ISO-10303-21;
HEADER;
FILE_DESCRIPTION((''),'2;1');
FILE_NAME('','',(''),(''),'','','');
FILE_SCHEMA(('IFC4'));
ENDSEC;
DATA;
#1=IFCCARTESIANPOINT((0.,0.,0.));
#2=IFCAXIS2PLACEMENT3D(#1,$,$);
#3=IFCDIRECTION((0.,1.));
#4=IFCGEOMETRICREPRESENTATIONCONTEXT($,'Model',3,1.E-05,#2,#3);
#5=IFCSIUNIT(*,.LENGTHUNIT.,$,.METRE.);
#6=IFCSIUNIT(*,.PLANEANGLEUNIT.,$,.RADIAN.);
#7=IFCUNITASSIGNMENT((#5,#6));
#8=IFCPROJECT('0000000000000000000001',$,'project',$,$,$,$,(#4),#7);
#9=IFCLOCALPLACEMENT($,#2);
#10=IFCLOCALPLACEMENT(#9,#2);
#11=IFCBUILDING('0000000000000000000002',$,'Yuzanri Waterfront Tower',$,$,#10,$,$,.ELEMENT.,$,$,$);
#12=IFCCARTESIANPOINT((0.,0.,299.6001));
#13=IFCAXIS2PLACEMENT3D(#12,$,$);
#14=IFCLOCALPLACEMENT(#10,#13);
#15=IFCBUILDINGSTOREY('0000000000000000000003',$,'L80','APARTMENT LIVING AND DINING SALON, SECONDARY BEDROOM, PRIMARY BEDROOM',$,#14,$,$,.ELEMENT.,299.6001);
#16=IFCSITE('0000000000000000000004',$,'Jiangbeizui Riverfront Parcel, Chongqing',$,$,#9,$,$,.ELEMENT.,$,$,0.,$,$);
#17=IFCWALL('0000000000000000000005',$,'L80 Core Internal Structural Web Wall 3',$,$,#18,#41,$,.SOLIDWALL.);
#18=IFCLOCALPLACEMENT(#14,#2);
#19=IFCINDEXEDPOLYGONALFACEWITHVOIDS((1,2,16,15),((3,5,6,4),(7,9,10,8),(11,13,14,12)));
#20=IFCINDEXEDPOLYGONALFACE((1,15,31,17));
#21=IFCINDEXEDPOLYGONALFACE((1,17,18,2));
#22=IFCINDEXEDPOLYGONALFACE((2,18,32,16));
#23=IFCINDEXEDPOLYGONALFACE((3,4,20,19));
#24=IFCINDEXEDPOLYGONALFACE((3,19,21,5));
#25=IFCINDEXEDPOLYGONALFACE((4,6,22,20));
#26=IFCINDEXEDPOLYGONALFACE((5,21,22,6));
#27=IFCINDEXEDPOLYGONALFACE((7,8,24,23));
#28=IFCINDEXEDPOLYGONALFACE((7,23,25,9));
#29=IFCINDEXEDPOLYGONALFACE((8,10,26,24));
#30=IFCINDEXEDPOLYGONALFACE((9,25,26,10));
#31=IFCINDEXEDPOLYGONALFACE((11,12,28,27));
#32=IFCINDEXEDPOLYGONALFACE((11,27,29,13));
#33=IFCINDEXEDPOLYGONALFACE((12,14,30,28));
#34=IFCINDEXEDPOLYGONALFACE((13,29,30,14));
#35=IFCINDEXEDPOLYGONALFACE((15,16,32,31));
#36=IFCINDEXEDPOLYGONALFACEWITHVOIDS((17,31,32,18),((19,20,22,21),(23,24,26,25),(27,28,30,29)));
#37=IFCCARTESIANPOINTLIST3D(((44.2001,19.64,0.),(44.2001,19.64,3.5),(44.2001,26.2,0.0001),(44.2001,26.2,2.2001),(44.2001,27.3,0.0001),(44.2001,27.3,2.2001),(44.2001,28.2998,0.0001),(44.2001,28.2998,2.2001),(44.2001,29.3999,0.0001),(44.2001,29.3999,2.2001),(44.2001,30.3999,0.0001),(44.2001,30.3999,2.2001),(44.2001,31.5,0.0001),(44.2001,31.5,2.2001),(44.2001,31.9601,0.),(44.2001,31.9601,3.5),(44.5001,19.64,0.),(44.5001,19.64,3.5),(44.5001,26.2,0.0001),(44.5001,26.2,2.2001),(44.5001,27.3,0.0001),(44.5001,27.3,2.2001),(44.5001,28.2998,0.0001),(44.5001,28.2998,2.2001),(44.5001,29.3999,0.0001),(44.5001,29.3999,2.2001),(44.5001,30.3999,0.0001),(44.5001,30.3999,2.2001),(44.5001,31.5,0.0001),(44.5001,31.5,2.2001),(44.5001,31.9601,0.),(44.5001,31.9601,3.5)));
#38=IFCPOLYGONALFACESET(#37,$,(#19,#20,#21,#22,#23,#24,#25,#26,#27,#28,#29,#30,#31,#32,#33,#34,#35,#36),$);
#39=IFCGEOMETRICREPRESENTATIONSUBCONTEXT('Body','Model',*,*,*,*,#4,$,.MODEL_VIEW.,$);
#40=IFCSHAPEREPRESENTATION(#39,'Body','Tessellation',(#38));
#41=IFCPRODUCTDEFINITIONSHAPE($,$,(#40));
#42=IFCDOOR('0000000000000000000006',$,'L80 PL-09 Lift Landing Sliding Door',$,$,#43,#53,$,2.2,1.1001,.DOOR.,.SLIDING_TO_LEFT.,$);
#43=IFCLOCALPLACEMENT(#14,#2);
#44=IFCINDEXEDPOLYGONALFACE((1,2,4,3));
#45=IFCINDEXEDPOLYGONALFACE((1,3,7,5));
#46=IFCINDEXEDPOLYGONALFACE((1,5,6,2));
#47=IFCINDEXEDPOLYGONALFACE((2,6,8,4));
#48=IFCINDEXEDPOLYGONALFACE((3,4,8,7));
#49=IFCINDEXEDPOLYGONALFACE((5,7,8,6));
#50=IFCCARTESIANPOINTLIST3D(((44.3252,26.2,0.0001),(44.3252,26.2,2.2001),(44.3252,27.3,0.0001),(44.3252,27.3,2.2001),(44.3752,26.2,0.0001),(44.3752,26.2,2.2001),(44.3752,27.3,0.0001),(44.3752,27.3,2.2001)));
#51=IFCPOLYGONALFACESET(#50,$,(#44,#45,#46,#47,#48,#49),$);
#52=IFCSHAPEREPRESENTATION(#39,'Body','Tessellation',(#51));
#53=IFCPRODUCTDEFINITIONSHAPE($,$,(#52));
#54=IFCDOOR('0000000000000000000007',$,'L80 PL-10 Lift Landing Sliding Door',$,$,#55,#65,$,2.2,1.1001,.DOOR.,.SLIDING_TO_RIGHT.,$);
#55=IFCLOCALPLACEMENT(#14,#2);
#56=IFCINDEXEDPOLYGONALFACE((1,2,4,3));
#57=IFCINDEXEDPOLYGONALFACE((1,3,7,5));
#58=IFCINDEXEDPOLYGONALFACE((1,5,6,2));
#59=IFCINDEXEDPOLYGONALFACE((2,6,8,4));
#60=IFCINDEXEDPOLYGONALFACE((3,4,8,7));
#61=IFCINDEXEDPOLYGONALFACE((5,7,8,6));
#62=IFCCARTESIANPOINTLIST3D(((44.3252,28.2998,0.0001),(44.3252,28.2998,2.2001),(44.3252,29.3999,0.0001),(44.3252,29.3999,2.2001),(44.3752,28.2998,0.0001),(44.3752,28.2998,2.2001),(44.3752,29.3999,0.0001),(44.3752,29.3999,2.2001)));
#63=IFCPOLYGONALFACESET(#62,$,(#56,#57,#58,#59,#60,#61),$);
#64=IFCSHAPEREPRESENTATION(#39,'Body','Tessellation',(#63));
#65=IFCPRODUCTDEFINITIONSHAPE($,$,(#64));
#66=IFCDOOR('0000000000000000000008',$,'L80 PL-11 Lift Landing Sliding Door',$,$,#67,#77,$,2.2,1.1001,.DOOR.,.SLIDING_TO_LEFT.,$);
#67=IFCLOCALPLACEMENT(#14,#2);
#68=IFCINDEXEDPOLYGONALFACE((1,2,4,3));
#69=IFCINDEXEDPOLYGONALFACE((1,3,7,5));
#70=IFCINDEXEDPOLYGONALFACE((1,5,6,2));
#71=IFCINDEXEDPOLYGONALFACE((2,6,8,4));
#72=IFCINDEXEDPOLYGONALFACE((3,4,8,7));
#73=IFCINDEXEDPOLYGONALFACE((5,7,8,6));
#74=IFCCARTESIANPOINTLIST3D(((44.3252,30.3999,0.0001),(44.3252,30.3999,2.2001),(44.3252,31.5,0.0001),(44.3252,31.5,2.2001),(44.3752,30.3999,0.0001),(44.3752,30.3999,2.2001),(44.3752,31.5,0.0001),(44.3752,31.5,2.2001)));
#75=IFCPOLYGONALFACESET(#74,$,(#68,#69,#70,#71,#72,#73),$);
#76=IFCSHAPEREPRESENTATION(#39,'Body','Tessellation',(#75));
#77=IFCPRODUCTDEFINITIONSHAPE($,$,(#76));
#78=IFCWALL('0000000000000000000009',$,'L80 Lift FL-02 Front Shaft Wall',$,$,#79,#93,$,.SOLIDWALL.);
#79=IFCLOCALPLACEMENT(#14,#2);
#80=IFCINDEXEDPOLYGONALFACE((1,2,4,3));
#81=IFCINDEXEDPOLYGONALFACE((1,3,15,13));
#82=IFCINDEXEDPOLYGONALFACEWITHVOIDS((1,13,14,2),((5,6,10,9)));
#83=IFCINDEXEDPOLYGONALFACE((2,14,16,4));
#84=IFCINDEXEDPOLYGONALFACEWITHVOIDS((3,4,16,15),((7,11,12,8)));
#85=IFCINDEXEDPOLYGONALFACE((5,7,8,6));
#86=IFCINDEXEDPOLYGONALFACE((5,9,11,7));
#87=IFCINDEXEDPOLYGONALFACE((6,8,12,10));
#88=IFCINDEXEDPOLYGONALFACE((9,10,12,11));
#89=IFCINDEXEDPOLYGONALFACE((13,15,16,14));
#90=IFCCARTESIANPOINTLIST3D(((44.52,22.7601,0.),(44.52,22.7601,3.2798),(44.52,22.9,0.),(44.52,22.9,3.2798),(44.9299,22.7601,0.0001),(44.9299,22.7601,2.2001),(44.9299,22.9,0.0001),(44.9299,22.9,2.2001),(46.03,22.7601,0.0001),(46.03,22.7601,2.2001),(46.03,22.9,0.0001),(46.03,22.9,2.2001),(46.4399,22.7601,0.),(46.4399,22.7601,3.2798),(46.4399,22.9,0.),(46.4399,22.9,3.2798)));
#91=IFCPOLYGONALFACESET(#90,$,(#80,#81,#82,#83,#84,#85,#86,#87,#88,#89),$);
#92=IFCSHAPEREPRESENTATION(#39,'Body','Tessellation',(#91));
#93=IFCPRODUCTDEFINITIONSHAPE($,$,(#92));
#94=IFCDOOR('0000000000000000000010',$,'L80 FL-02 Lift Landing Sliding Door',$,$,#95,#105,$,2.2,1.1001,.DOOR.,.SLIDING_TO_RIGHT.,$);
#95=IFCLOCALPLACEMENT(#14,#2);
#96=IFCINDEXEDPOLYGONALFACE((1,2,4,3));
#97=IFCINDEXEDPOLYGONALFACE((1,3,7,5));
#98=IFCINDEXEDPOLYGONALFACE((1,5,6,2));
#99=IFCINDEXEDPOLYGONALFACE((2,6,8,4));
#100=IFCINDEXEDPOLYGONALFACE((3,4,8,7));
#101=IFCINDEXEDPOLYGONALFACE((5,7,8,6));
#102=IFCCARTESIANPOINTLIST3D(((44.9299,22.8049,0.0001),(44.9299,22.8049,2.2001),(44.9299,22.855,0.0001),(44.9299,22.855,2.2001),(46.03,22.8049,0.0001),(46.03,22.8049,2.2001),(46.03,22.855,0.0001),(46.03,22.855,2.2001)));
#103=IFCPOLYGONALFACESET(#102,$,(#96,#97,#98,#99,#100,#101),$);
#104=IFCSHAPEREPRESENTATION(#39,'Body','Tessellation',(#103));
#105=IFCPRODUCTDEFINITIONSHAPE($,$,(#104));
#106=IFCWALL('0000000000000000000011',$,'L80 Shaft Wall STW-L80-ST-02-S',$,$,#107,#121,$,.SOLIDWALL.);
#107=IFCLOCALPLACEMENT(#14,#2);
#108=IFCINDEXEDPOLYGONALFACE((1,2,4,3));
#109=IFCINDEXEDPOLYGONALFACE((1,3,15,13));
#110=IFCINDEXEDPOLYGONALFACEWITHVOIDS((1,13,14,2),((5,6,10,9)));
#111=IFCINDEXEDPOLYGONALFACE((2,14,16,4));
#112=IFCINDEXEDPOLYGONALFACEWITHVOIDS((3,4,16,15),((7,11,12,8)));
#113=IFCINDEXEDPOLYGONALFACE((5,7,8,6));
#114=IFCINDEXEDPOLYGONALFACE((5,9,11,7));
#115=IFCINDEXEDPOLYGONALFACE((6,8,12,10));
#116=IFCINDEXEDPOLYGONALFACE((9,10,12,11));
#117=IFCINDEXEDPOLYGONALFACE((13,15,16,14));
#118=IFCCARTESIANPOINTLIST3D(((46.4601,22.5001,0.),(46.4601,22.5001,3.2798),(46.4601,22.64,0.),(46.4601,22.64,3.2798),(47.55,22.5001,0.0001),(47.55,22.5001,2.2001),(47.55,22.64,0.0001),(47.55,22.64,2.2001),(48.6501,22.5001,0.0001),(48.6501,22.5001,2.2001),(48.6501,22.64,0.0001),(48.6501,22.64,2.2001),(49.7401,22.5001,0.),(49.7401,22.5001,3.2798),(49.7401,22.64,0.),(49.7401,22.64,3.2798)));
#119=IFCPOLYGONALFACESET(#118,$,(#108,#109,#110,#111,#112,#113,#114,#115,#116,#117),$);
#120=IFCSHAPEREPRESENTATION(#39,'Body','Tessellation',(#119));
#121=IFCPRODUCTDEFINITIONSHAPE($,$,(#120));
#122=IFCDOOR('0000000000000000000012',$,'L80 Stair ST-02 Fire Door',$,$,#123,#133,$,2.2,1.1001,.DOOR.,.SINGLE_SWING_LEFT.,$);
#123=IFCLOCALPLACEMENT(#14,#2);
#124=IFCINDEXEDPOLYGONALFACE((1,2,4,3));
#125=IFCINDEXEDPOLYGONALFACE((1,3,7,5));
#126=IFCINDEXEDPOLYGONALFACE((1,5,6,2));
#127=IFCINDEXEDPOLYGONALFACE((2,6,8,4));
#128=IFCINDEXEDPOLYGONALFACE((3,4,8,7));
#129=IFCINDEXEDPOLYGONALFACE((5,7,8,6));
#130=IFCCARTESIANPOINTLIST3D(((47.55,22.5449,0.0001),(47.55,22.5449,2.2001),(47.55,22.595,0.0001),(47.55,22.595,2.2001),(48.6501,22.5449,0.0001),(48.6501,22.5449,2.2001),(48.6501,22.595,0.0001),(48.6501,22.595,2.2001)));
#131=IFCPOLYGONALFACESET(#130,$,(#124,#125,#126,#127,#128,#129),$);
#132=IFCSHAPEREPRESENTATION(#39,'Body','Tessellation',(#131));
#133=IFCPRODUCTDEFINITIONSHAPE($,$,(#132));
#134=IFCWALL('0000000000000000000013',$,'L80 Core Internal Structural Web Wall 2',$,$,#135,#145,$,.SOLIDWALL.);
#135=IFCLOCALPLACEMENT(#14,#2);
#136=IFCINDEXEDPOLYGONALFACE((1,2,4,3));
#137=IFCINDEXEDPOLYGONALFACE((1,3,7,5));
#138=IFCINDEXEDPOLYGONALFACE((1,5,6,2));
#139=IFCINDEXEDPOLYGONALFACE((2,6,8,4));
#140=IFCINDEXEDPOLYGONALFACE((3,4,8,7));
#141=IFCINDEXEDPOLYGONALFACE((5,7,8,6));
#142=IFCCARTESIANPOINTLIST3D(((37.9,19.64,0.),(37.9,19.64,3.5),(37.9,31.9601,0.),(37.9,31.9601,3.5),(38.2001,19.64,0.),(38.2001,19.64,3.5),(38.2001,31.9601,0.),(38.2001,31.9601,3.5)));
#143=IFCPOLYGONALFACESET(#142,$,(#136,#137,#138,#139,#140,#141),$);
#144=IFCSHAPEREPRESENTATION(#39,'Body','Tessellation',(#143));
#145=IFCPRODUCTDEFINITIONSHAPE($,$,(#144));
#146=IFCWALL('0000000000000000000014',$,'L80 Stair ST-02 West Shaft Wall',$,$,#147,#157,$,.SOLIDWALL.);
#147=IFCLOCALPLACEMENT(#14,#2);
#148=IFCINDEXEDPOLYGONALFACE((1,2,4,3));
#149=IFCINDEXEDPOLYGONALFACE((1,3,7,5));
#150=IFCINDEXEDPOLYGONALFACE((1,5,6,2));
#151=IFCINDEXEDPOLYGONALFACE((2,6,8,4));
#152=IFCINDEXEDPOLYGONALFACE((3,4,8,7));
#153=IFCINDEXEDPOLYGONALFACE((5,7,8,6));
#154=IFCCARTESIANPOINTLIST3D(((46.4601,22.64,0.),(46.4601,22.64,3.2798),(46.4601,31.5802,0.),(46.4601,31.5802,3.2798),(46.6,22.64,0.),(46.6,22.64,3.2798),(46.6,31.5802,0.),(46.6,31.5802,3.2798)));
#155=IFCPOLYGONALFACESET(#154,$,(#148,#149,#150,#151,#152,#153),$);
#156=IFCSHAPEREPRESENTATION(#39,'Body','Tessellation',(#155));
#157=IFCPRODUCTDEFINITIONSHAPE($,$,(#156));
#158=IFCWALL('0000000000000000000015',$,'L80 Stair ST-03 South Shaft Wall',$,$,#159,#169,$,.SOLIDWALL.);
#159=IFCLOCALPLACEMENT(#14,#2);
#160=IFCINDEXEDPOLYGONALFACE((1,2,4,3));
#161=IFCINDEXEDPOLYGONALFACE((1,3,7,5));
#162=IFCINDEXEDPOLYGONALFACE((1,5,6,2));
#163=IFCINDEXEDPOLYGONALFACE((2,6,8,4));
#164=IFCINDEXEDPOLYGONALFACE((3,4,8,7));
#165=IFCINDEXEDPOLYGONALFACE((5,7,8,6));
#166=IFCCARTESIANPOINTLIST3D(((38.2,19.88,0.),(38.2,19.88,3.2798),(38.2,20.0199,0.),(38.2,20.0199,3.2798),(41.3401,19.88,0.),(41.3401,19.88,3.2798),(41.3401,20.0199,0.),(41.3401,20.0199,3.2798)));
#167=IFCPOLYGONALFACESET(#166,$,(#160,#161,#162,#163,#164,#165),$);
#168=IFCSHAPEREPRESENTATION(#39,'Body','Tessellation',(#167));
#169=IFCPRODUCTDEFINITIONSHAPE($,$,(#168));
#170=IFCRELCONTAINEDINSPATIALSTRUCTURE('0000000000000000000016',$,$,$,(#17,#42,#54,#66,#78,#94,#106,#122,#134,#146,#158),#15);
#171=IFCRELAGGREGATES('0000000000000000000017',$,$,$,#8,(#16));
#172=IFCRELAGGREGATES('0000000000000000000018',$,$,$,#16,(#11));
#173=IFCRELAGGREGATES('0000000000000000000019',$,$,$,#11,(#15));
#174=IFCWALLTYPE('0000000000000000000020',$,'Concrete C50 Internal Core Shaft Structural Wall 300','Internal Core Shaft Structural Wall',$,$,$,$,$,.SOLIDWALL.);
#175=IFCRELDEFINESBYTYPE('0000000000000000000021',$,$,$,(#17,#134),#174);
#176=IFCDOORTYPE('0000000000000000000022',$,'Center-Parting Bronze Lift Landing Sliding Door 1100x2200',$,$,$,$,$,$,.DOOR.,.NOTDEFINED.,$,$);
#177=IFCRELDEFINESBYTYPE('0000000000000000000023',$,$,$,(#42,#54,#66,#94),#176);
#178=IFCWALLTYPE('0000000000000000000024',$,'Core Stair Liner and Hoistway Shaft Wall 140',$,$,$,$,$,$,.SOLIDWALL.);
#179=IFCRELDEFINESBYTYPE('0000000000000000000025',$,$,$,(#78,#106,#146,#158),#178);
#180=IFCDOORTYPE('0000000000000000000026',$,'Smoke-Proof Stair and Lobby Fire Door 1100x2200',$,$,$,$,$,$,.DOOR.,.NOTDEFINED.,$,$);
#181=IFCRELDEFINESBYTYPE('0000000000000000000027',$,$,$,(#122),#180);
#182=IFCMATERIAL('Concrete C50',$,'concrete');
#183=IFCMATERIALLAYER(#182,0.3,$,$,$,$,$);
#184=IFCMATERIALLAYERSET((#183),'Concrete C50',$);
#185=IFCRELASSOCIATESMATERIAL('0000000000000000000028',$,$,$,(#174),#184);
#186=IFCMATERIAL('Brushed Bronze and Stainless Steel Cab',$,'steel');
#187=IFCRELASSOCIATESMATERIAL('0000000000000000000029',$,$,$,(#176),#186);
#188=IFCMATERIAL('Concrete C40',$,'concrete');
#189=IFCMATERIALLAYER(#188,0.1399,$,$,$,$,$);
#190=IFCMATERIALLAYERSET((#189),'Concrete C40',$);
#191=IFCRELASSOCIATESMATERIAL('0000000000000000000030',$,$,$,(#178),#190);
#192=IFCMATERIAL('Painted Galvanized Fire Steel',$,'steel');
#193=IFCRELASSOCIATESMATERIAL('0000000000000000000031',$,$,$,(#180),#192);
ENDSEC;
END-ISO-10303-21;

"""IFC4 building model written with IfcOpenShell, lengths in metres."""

from ifc_helpers import new_model, si_unit, direction, frame, frame_2d, origin, place, context, subcontext, project, spatial, rectangle, extrude, source, transform, mapped, material, layer, layer_set, type_object, element, fill, save


model = new_model("IFC4")

# Units and contexts
model_context = context("Model", 3, precision=1e-05, world=origin(), true_north=direction((0.0, 1.0)))
body_context = subcontext(model_context, "Body", "Model", "MODEL_VIEW")
ifc_project = project(units=[si_unit("LENGTHUNIT", "METRE"), si_unit("PLANEANGLEUNIT", "RADIAN")], contexts=[model_context])

# Site, building, storey
site_placement = place(None, origin())
site = spatial("IfcSite", under=ifc_project, at=site_placement, Name="Jiangbeizui Riverfront Parcel, Chongqing", CompositionType="ELEMENT", RefElevation=0.0)
building_placement = place(site_placement, origin())
building = spatial("IfcBuilding", under=site, at=building_placement, Name="Yuzanri Waterfront Tower", CompositionType="ELEMENT")
storey_placement = place(building_placement, frame((0.0, 0.0, 299.6001)))
storey = spatial("IfcBuildingStorey", under=building, at=storey_placement, Name="L80", Description="APARTMENT LIVING AND DINING SALON, SECONDARY BEDROOM, PRIMARY BEDROOM", CompositionType="ELEMENT", Elevation=299.6001)

# Wall, openings, doors
ifc_material_1 = material(Name="Concrete C50", Category="concrete")
ifc_layer_1 = layer(ifc_material_1, 0.3)
ifc_layer_set_1 = layer_set([ifc_layer_1], Name="Concrete C50")
wall_type_1 = type_object("IfcWallType", Name="Concrete C50 Internal Core Shaft Structural Wall 300", Description="Internal Core Shaft Structural Wall", PredefinedType="SOLIDWALL", material=ifc_layer_set_1)
wall_1_placement = place(storey_placement, frame((44.3501, 19.6399, 0.0), z_axis=(0.0, 0.0, 1.0), x_axis=(0.0, 1.0, 0.0)))
wall_1 = element("IfcWall", 1, at=wall_1_placement, inside=storey, type_object=wall_type_1, Name="L80 Core Internal Structural Web Wall 3", PredefinedType="SOLIDWALL", context=body_context, shape_type="SweptSolid", body=[
    extrude(rectangle(XDim=12.3201, YDim=0.3, at=frame_2d((6.1602, 0.0))), origin(), (0.0, 0.0, 1.0), 3.5),
])
opening_1_placement = place(wall_1_placement, frame((6.5601, 0.0, 0.0)))
opening_1 = element("IfcOpeningElement", 2, at=opening_1_placement, cuts=wall_1, PredefinedType="OPENING", context=body_context, shape_type="SweptSolid", body=[
    extrude(rectangle(XDim=1.1001, YDim=2.2, at=frame_2d((0.55, 1.1001))), frame((0.0, 0.165, 0.0), z_axis=(0.0, -1.0, 0.0), x_axis=(1.0, 0.0, 0.0)), (0.0, 0.0, 1.0), 0.3298),
])
opening_2_placement = place(wall_1_placement, frame((8.6599, 0.0, 0.0)))
opening_2 = element("IfcOpeningElement", 3, at=opening_2_placement, cuts=wall_1, PredefinedType="OPENING", context=body_context, shape_type="SweptSolid", body=[
    extrude(rectangle(XDim=1.1001, YDim=2.2, at=frame_2d((0.55, 1.1001))), frame((0.0, 0.165, 0.0), z_axis=(0.0, -1.0, 0.0), x_axis=(1.0, 0.0, 0.0)), (0.0, 0.0, 1.0), 0.3298),
])
opening_3_placement = place(wall_1_placement, frame((10.76, 0.0, 0.0)))
opening_3 = element("IfcOpeningElement", 4, at=opening_3_placement, cuts=wall_1, PredefinedType="OPENING", context=body_context, shape_type="SweptSolid", body=[
    extrude(rectangle(XDim=1.1001, YDim=2.2, at=frame_2d((0.55, 1.1001))), frame((0.0, 0.165, 0.0), z_axis=(0.0, -1.0, 0.0), x_axis=(1.0, 0.0, 0.0)), (0.0, 0.0, 1.0), 0.3298),
])
ifc_material_2 = material(Name="Brushed Bronze and Stainless Steel Cab", Category="steel")
door_type_1 = type_object("IfcDoorType", Name="Center-Parting Bronze Lift Landing Sliding Door 1100x2200", OperationType="NOTDEFINED", PredefinedType="DOOR", material=ifc_material_2)
shared_shape_1 = source(origin(), body_context, "Body", "SweptSolid", [
    extrude(rectangle(XDim=1.1001, YDim=2.2, at=frame_2d((0.55, 1.1001))), frame((0.0, 0.0249, 0.0), z_axis=(0.0, -1.0, 0.0), x_axis=(1.0, 0.0, 0.0)), (0.0, 0.0, 1.0), 0.05),
])
door_1_placement = place(opening_1_placement, origin())
door_1 = element("IfcDoor", 5, at=door_1_placement, inside=storey, type_object=door_type_1, Name="L80 PL-09 Lift Landing Sliding Door", OperationType="SLIDING_TO_LEFT", OverallHeight=2.2, OverallWidth=1.1001, PredefinedType="DOOR", context=body_context, shape_type="MappedRepresentation", body=[
    mapped(shared_shape_1, transform((0.0, 0.0, 0.0), scale=1.0)),
])
fill(opening_1, door_1)
door_2_placement = place(opening_2_placement, origin())
door_2 = element("IfcDoor", 6, at=door_2_placement, inside=storey, type_object=door_type_1, Name="L80 PL-10 Lift Landing Sliding Door", OperationType="SLIDING_TO_RIGHT", OverallHeight=2.2, OverallWidth=1.1001, PredefinedType="DOOR", context=body_context, shape_type="MappedRepresentation", body=[
    mapped(shared_shape_1, transform((0.0, 0.0, 0.0), scale=1.0)),
])
fill(opening_2, door_2)
door_3_placement = place(opening_3_placement, origin())
door_3 = element("IfcDoor", 7, at=door_3_placement, inside=storey, type_object=door_type_1, Name="L80 PL-11 Lift Landing Sliding Door", OperationType="SLIDING_TO_LEFT", OverallHeight=2.2, OverallWidth=1.1001, PredefinedType="DOOR", context=body_context, shape_type="MappedRepresentation", body=[
    mapped(shared_shape_1, transform((0.0, 0.0, 0.0), scale=1.0)),
])
fill(opening_3, door_3)

# Walls, openings, doors
ifc_material_3 = material(Name="Concrete C40", Category="concrete")
ifc_layer_2 = layer(ifc_material_3, 0.1399)
ifc_layer_set_2 = layer_set([ifc_layer_2], Name="Concrete C40")
wall_type_2 = type_object("IfcWallType", Name="Core Stair Liner and Hoistway Shaft Wall 140", PredefinedType="SOLIDWALL", material=ifc_layer_set_2)
wall_2_placement = place(storey_placement, frame((44.52, 22.8301, 0.0), z_axis=(0.0, 0.0, 1.0), x_axis=(1.0, 0.0, 0.0)))
wall_2 = element("IfcWall", 8, at=wall_2_placement, inside=storey, type_object=wall_type_2, Name="L80 Lift FL-02 Front Shaft Wall", PredefinedType="SOLIDWALL", context=body_context, shape_type="SweptSolid", body=[
    extrude(rectangle(XDim=1.9199, YDim=0.1399, at=frame_2d((0.96, 0.0))), origin(), (0.0, 0.0, 1.0), 3.2798),
])
opening_4_placement = place(wall_2_placement, frame((0.4099, 0.0, 0.0)))
opening_4 = element("IfcOpeningElement", 9, at=opening_4_placement, cuts=wall_2, PredefinedType="OPENING", context=body_context, shape_type="SweptSolid", body=[
    extrude(rectangle(XDim=1.1001, YDim=2.2, at=frame_2d((0.55, 1.1001))), frame((0.0, 0.085, 0.0), z_axis=(0.0, -1.0, 0.0), x_axis=(1.0, 0.0, 0.0)), (0.0, 0.0, 1.0), 0.1697),
])
door_4_placement = place(opening_4_placement, origin())
door_4 = element("IfcDoor", 10, at=door_4_placement, inside=storey, type_object=door_type_1, Name="L80 FL-02 Lift Landing Sliding Door", OperationType="SLIDING_TO_RIGHT", OverallHeight=2.2, OverallWidth=1.1001, PredefinedType="DOOR", context=body_context, shape_type="MappedRepresentation", body=[
    mapped(shared_shape_1, transform((0.0, 0.0, 0.0), scale=1.0)),
])
fill(opening_4, door_4)
wall_3_placement = place(storey_placement, frame((46.46, 22.5701, 0.0), z_axis=(0.0, 0.0, 1.0), x_axis=(1.0, 0.0, 0.0)))
wall_3 = element("IfcWall", 11, at=wall_3_placement, inside=storey, type_object=wall_type_2, Name="L80 Shaft Wall STW-L80-ST-02-S", PredefinedType="SOLIDWALL", context=body_context, shape_type="SweptSolid", body=[
    extrude(rectangle(XDim=3.28, YDim=0.1399, at=frame_2d((1.6401, 0.0))), origin(), (0.0, 0.0, 1.0), 3.2798),
])
opening_5_placement = place(wall_3_placement, frame((1.0901, 0.0, 0.0)))
opening_5 = element("IfcOpeningElement", 12, at=opening_5_placement, cuts=wall_3, PredefinedType="OPENING", context=body_context, shape_type="SweptSolid", body=[
    extrude(rectangle(XDim=1.1001, YDim=2.2, at=frame_2d((0.55, 1.1001))), frame((0.0, 0.085, 0.0), z_axis=(0.0, -1.0, 0.0), x_axis=(1.0, 0.0, 0.0)), (0.0, 0.0, 1.0), 0.1697),
])
ifc_material_4 = material(Name="Painted Galvanized Fire Steel", Category="steel")
door_type_2 = type_object("IfcDoorType", Name="Smoke-Proof Stair and Lobby Fire Door 1100x2200", OperationType="NOTDEFINED", PredefinedType="DOOR", material=ifc_material_4)
shared_shape_2 = source(origin(), body_context, "Body", "SweptSolid", [
    extrude(rectangle(XDim=1.1001, YDim=2.2, at=frame_2d((0.55, 1.1001))), frame((0.0, 0.0249, 0.0), z_axis=(0.0, -1.0, 0.0), x_axis=(1.0, 0.0, 0.0)), (0.0, 0.0, 1.0), 0.05),
])
door_5_placement = place(opening_5_placement, origin())
door_5 = element("IfcDoor", 13, at=door_5_placement, inside=storey, type_object=door_type_2, Name="L80 Stair ST-02 Fire Door", OperationType="SINGLE_SWING_LEFT", OverallHeight=2.2, OverallWidth=1.1001, PredefinedType="DOOR", context=body_context, shape_type="MappedRepresentation", body=[
    mapped(shared_shape_2, transform((0.0, 0.0, 0.0), scale=1.0)),
])
fill(opening_5, door_5)

# Walls
shared_shape_3 = source(origin(), body_context, "Body", "SweptSolid", [
    extrude(rectangle(XDim=12.3201, YDim=0.3, at=frame_2d((6.1602, 0.0))), origin(), (0.0, 0.0, 1.0), 3.5),
])
wall_4_placement = place(storey_placement, frame((38.05, 19.6399, 0.0), z_axis=(0.0, 0.0, 1.0), x_axis=(0.0, 1.0, 0.0)))
element("IfcWall", 14, at=wall_4_placement, inside=storey, type_object=wall_type_1, Name="L80 Core Internal Structural Web Wall 2", PredefinedType="SOLIDWALL", context=body_context, shape_type="MappedRepresentation", body=[
    mapped(shared_shape_3, transform((0.0, 0.0, 0.0), scale=1.0)),
])
shared_shape_4 = source(origin(), body_context, "Body", "SweptSolid", [
    extrude(rectangle(XDim=8.9402, YDim=0.1399, at=frame_2d((4.4702, 0.0))), origin(), (0.0, 0.0, 1.0), 3.2798),
])
wall_5_placement = place(storey_placement, frame((46.53, 22.6399, 0.0), z_axis=(0.0, 0.0, 1.0), x_axis=(0.0, 1.0, 0.0)))
element("IfcWall", 15, at=wall_5_placement, inside=storey, type_object=wall_type_2, Name="L80 Stair ST-02 West Shaft Wall", PredefinedType="SOLIDWALL", context=body_context, shape_type="MappedRepresentation", body=[
    mapped(shared_shape_4, transform((0.0, 0.0, 0.0), scale=1.0)),
])
shared_shape_5 = source(origin(), body_context, "Body", "SweptSolid", [
    extrude(rectangle(XDim=3.1401, YDim=0.1399, at=frame_2d((1.5701, 0.0))), origin(), (0.0, 0.0, 1.0), 3.2798),
])
wall_6_placement = place(storey_placement, frame((38.2, 19.95, 0.0), z_axis=(0.0, 0.0, 1.0), x_axis=(1.0, 0.0, 0.0)))
element("IfcWall", 16, at=wall_6_placement, inside=storey, type_object=wall_type_2, Name="L80 Stair ST-03 South Shaft Wall", PredefinedType="SOLIDWALL", context=body_context, shape_type="MappedRepresentation", body=[
    mapped(shared_shape_5, transform((0.0, 0.0, 0.0), scale=1.0)),
])

save(model, "model.ifc")
